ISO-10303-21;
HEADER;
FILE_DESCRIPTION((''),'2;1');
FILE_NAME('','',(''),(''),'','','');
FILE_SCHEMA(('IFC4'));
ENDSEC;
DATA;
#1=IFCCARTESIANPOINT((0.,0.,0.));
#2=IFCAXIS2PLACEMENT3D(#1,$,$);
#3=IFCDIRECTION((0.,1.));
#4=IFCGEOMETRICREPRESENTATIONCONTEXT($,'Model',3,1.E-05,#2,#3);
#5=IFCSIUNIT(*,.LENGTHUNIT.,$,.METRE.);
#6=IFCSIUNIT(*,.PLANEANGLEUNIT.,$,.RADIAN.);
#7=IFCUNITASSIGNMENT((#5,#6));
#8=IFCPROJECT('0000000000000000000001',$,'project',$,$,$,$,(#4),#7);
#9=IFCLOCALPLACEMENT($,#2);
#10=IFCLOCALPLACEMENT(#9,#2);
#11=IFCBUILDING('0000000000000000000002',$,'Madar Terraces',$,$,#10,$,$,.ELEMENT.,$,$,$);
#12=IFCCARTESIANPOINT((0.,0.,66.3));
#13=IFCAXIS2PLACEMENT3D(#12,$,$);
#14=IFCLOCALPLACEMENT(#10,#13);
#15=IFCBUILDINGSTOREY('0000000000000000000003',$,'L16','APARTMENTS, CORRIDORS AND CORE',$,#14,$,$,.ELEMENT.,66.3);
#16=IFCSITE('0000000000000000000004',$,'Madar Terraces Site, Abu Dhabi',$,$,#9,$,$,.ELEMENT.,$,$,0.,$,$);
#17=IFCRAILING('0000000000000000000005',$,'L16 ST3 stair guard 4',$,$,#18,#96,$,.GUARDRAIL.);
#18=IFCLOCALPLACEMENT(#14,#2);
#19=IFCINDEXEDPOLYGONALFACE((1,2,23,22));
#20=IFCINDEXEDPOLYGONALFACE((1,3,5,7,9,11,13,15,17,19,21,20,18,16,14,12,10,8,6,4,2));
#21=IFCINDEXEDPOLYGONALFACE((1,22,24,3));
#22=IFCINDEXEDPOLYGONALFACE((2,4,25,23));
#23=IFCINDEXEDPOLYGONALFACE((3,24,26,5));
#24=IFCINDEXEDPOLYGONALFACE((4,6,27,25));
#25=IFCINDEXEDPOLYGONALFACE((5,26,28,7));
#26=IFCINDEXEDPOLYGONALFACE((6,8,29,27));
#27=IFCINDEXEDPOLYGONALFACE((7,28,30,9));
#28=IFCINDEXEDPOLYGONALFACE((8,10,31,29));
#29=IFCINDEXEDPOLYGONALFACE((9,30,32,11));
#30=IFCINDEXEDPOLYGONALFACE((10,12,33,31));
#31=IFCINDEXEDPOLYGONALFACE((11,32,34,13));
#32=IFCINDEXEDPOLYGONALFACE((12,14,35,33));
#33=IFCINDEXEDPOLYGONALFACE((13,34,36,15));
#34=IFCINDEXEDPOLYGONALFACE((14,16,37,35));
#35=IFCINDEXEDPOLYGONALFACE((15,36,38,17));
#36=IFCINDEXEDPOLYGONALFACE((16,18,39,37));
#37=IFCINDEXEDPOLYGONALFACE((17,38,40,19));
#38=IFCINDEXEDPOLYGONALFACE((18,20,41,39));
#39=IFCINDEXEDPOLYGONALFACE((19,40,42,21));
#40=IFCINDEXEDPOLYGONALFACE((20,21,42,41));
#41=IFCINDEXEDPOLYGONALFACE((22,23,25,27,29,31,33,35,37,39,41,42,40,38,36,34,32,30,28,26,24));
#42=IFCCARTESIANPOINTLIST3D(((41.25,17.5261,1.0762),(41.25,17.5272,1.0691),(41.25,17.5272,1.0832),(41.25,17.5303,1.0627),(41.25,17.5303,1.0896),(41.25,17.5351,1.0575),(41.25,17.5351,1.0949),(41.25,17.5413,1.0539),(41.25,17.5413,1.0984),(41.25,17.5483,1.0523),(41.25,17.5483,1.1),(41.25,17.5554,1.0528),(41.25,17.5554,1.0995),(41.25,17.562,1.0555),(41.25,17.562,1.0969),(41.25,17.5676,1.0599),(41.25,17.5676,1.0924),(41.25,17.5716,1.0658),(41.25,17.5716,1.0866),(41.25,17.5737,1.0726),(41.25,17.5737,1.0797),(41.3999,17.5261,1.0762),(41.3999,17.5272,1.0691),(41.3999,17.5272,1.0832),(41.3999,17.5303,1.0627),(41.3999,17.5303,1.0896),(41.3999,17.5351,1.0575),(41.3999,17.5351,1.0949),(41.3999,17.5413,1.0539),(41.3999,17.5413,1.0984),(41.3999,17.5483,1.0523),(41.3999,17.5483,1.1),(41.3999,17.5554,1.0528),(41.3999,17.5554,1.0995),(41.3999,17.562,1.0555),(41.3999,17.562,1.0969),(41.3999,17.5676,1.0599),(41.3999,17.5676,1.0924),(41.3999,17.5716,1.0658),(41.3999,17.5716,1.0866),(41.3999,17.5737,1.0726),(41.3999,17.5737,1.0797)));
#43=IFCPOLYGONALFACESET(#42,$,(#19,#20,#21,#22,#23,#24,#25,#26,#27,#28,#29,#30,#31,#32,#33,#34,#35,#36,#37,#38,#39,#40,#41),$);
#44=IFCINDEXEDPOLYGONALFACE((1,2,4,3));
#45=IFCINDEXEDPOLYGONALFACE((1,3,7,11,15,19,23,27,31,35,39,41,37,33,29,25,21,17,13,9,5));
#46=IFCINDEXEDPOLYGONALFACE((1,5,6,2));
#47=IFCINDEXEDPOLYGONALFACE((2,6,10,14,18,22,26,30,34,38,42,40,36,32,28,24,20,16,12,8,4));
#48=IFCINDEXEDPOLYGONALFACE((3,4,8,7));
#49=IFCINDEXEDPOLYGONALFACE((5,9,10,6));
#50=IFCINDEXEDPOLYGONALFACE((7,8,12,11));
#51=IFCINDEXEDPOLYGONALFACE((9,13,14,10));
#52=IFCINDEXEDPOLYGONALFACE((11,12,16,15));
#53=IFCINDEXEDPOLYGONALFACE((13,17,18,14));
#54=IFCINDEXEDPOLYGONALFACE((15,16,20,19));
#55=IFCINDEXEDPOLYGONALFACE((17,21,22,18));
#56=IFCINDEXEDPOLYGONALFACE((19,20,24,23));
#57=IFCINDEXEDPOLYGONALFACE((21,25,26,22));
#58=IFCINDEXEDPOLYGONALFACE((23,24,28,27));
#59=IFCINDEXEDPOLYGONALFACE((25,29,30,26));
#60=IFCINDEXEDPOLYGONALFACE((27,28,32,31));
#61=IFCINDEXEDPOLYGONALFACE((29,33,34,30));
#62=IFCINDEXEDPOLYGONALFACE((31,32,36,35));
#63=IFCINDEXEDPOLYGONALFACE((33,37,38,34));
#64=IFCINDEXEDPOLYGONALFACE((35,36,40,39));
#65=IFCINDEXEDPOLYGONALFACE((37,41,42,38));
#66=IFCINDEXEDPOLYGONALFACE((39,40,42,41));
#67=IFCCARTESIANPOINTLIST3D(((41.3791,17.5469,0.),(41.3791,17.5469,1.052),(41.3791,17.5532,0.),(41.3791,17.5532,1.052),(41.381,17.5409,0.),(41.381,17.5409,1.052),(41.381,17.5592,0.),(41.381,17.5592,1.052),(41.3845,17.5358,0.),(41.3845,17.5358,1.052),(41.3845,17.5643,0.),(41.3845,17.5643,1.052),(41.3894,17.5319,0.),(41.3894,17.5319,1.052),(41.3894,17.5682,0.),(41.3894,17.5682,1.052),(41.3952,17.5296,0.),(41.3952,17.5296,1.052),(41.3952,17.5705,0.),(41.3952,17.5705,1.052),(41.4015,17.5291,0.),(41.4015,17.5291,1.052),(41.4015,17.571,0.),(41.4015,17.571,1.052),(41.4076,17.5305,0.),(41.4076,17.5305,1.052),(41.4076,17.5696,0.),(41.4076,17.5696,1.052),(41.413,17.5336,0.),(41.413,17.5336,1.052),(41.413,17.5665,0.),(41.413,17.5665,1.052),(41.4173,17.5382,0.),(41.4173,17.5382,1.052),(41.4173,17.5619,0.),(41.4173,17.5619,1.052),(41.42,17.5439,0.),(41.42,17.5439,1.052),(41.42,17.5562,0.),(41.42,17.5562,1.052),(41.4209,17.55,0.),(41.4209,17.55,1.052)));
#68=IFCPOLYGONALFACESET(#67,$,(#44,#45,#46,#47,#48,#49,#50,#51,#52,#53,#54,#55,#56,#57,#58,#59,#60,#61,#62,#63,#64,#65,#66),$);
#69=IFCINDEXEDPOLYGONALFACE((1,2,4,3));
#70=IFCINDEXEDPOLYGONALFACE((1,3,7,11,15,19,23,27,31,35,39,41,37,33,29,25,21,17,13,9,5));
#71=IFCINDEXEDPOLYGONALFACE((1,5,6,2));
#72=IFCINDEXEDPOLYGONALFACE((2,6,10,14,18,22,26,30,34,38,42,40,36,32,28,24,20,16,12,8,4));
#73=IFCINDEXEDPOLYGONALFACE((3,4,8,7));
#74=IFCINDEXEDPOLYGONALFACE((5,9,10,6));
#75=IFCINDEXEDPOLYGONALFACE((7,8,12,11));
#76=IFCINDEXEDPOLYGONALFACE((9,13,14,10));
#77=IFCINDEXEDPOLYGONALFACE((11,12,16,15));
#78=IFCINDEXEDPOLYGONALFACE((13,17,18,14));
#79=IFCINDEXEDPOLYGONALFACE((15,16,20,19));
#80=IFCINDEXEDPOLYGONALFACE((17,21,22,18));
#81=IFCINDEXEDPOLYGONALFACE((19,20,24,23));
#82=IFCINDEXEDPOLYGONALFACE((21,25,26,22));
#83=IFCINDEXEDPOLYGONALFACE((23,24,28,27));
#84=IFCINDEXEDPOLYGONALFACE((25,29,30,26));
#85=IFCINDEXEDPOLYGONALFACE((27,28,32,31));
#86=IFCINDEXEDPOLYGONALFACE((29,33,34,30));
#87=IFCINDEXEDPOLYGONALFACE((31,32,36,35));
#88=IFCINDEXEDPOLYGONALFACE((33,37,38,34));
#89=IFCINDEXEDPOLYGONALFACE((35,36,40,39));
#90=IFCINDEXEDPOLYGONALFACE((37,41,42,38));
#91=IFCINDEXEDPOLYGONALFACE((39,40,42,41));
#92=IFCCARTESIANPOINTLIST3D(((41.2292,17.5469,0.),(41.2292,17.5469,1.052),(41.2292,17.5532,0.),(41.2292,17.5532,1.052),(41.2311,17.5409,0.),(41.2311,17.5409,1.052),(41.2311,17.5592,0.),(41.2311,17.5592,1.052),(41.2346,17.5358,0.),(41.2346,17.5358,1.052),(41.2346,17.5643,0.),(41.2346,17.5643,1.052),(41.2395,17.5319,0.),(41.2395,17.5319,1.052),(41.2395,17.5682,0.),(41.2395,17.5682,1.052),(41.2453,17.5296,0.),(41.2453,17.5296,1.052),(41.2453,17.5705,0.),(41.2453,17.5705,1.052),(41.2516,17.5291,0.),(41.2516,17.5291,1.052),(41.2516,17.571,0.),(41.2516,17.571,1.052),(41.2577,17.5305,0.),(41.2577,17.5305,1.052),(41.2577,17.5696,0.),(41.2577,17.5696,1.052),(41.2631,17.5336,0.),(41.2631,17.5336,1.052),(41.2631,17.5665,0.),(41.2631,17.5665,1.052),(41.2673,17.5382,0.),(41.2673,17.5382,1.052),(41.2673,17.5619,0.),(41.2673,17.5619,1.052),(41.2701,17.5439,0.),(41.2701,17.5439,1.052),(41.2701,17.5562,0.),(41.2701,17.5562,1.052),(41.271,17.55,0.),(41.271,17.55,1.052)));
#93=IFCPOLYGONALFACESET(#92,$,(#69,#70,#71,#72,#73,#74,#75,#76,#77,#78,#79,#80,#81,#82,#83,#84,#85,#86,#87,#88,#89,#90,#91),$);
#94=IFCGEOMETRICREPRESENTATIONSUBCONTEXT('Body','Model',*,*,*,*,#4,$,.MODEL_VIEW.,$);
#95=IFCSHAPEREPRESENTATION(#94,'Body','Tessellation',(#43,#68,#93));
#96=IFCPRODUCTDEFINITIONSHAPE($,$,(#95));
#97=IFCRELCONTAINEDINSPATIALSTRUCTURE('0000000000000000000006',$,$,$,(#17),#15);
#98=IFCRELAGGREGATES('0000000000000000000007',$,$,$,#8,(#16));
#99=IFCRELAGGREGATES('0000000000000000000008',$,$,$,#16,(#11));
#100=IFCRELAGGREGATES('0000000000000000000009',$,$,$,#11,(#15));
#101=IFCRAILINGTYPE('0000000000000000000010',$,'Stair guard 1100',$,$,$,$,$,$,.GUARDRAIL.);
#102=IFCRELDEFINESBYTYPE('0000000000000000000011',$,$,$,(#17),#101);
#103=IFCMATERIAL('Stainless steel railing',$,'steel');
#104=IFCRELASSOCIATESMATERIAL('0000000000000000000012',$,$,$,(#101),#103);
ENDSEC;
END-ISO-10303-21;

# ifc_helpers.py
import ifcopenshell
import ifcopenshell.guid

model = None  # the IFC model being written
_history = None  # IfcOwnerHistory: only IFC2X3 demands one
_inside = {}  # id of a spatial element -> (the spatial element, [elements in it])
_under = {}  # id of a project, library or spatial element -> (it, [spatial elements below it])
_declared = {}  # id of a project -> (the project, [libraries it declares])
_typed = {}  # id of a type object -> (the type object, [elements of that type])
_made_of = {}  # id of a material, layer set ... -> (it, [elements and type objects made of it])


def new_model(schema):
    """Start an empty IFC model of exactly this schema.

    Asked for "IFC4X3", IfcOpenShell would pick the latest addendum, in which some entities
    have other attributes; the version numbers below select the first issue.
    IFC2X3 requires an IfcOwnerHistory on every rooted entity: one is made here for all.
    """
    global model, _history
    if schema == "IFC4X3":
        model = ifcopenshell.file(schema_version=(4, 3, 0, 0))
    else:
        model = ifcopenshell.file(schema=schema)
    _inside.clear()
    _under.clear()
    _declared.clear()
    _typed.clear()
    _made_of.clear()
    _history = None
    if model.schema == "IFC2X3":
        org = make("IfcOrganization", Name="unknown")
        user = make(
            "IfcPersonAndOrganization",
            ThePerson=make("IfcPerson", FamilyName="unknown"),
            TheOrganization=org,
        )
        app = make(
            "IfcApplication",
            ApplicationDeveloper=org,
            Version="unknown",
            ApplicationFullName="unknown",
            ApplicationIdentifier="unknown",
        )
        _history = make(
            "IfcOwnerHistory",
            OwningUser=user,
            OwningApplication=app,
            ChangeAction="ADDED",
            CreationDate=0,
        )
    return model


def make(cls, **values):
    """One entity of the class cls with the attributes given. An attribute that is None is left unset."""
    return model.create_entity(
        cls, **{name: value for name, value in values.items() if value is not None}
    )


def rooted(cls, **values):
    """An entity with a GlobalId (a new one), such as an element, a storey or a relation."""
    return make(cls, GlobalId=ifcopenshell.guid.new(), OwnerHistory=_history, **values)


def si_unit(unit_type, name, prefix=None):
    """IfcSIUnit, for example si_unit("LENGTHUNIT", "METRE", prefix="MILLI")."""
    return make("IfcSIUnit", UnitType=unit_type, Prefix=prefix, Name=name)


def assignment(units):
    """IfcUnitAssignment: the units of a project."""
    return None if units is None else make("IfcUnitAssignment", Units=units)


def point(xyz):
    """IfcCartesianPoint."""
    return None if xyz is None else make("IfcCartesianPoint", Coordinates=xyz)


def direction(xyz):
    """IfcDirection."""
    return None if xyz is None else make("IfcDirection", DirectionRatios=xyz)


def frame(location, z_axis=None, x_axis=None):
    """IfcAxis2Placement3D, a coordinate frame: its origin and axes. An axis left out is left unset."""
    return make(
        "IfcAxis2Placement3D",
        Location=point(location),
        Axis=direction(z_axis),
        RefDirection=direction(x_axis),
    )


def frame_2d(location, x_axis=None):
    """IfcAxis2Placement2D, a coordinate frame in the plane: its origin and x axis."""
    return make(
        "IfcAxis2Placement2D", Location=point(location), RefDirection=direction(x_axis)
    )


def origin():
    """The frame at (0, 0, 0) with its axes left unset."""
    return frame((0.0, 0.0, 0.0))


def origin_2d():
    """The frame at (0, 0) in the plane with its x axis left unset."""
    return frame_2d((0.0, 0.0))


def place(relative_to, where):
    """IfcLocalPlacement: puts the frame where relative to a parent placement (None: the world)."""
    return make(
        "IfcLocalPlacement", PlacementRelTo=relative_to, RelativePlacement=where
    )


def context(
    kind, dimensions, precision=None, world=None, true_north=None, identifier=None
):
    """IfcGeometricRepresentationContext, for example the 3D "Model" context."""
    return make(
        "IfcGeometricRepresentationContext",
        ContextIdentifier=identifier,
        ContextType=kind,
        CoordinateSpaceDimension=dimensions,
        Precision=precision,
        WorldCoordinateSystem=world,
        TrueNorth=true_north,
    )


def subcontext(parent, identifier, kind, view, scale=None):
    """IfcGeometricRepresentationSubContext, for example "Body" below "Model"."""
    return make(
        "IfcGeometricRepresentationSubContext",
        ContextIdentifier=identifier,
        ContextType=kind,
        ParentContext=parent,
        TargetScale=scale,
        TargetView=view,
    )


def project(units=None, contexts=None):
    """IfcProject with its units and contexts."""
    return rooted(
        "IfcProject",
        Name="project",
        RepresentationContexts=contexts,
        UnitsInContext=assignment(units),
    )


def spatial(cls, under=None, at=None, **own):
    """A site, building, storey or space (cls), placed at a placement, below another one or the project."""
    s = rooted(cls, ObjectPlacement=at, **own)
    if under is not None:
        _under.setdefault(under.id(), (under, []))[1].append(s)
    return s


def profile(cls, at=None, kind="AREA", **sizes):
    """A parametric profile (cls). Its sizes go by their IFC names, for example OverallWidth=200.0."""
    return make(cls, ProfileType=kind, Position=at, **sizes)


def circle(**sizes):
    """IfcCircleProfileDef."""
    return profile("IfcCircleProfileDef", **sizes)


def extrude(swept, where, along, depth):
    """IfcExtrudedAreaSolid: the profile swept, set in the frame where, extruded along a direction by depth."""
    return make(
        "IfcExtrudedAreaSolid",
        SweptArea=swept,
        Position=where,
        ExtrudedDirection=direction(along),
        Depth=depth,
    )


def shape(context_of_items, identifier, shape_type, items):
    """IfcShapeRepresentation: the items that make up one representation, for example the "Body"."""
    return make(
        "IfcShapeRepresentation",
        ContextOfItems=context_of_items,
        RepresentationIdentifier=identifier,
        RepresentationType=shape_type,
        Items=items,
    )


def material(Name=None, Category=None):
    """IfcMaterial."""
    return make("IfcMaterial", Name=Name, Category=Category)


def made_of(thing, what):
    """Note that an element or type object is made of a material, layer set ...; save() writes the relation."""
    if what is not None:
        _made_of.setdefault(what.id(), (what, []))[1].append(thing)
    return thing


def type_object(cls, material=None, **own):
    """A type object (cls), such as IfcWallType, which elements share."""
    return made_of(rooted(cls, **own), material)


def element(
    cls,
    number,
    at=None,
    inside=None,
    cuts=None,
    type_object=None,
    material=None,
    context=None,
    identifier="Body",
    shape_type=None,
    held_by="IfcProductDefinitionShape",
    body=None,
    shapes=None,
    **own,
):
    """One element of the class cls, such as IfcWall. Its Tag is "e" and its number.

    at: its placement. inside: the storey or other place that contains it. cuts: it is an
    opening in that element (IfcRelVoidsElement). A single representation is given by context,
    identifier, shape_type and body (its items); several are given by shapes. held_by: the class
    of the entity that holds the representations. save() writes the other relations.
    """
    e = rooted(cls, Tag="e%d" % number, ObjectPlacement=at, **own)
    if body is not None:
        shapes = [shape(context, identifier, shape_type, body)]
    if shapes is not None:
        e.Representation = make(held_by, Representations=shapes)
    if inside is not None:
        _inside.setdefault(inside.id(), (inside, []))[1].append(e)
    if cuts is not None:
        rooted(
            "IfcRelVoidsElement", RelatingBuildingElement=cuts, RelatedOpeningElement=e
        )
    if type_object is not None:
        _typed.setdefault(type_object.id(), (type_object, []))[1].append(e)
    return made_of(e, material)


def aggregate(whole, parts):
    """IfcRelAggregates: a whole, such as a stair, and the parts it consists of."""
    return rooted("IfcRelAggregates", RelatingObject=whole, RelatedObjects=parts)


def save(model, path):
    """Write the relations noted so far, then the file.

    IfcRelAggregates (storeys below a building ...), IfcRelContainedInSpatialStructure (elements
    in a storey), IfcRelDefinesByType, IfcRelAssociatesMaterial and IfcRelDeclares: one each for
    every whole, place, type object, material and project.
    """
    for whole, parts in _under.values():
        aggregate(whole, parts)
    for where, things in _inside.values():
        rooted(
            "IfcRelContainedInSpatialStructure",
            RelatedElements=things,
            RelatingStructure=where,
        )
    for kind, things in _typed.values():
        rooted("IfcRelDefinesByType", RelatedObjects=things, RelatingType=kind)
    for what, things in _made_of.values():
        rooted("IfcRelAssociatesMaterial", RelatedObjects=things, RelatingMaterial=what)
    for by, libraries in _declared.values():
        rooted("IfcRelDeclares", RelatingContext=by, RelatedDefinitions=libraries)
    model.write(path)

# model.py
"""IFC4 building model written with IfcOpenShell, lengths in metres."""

from ifc_helpers import new_model, si_unit, direction, frame, origin, origin_2d, place, context, subcontext, project, spatial, circle, extrude, material, type_object, element, save


model = new_model("IFC4")

# Units and contexts
model_context = context("Model", 3, precision=1e-05, world=origin(), true_north=direction((0.0, 1.0)))
body_context = subcontext(model_context, "Body", "Model", "MODEL_VIEW")
ifc_project = project(units=[si_unit("LENGTHUNIT", "METRE"), si_unit("PLANEANGLEUNIT", "RADIAN")], contexts=[model_context])

# Site, building, storey
site_placement = place(None, origin())
site = spatial("IfcSite", under=ifc_project, at=site_placement, Name="Madar Terraces Site, Abu Dhabi", CompositionType="ELEMENT", RefElevation=0.0)
building_placement = place(site_placement, origin())
building = spatial("IfcBuilding", under=site, at=building_placement, Name="Madar Terraces", CompositionType="ELEMENT")
storey_placement = place(building_placement, frame((0.0, 0.0, 66.3)))
storey = spatial("IfcBuildingStorey", under=building, at=storey_placement, Name="L16", Description="APARTMENTS, CORRIDORS AND CORE", CompositionType="ELEMENT", Elevation=66.3)

# Railing
ifc_material_1 = material(Name="Stainless steel railing", Category="steel")
railing_type_1 = type_object("IfcRailingType", Name="Stair guard 1100", PredefinedType="GUARDRAIL", material=ifc_material_1)
railing_1_placement = place(storey_placement, frame((41.3999, 17.55, 0.0)))
element("IfcRailing", 1, at=railing_1_placement, inside=storey, type_object=railing_type_1, Name="L16 ST3 stair guard 4", PredefinedType="GUARDRAIL", context=body_context, shape_type="SweptSolid", body=[
    extrude(circle(Radius=0.0239, at=origin_2d()), frame((0.0, 0.0, 1.0762), z_axis=(-1.0, 0.0, 0.0), x_axis=(0.0, -1.0, 0.0)), (0.0, 0.0, 1.0), 0.1499),
    extrude(circle(Radius=0.021, at=origin_2d()), origin(), (0.0, 0.0, 1.0), 1.052),
    extrude(circle(Radius=0.021, at=origin_2d()), frame((-0.1499, 0.0, 0.0)), (0.0, 0.0, 1.0), 1.052),
])

save(model, "model.ifc")
